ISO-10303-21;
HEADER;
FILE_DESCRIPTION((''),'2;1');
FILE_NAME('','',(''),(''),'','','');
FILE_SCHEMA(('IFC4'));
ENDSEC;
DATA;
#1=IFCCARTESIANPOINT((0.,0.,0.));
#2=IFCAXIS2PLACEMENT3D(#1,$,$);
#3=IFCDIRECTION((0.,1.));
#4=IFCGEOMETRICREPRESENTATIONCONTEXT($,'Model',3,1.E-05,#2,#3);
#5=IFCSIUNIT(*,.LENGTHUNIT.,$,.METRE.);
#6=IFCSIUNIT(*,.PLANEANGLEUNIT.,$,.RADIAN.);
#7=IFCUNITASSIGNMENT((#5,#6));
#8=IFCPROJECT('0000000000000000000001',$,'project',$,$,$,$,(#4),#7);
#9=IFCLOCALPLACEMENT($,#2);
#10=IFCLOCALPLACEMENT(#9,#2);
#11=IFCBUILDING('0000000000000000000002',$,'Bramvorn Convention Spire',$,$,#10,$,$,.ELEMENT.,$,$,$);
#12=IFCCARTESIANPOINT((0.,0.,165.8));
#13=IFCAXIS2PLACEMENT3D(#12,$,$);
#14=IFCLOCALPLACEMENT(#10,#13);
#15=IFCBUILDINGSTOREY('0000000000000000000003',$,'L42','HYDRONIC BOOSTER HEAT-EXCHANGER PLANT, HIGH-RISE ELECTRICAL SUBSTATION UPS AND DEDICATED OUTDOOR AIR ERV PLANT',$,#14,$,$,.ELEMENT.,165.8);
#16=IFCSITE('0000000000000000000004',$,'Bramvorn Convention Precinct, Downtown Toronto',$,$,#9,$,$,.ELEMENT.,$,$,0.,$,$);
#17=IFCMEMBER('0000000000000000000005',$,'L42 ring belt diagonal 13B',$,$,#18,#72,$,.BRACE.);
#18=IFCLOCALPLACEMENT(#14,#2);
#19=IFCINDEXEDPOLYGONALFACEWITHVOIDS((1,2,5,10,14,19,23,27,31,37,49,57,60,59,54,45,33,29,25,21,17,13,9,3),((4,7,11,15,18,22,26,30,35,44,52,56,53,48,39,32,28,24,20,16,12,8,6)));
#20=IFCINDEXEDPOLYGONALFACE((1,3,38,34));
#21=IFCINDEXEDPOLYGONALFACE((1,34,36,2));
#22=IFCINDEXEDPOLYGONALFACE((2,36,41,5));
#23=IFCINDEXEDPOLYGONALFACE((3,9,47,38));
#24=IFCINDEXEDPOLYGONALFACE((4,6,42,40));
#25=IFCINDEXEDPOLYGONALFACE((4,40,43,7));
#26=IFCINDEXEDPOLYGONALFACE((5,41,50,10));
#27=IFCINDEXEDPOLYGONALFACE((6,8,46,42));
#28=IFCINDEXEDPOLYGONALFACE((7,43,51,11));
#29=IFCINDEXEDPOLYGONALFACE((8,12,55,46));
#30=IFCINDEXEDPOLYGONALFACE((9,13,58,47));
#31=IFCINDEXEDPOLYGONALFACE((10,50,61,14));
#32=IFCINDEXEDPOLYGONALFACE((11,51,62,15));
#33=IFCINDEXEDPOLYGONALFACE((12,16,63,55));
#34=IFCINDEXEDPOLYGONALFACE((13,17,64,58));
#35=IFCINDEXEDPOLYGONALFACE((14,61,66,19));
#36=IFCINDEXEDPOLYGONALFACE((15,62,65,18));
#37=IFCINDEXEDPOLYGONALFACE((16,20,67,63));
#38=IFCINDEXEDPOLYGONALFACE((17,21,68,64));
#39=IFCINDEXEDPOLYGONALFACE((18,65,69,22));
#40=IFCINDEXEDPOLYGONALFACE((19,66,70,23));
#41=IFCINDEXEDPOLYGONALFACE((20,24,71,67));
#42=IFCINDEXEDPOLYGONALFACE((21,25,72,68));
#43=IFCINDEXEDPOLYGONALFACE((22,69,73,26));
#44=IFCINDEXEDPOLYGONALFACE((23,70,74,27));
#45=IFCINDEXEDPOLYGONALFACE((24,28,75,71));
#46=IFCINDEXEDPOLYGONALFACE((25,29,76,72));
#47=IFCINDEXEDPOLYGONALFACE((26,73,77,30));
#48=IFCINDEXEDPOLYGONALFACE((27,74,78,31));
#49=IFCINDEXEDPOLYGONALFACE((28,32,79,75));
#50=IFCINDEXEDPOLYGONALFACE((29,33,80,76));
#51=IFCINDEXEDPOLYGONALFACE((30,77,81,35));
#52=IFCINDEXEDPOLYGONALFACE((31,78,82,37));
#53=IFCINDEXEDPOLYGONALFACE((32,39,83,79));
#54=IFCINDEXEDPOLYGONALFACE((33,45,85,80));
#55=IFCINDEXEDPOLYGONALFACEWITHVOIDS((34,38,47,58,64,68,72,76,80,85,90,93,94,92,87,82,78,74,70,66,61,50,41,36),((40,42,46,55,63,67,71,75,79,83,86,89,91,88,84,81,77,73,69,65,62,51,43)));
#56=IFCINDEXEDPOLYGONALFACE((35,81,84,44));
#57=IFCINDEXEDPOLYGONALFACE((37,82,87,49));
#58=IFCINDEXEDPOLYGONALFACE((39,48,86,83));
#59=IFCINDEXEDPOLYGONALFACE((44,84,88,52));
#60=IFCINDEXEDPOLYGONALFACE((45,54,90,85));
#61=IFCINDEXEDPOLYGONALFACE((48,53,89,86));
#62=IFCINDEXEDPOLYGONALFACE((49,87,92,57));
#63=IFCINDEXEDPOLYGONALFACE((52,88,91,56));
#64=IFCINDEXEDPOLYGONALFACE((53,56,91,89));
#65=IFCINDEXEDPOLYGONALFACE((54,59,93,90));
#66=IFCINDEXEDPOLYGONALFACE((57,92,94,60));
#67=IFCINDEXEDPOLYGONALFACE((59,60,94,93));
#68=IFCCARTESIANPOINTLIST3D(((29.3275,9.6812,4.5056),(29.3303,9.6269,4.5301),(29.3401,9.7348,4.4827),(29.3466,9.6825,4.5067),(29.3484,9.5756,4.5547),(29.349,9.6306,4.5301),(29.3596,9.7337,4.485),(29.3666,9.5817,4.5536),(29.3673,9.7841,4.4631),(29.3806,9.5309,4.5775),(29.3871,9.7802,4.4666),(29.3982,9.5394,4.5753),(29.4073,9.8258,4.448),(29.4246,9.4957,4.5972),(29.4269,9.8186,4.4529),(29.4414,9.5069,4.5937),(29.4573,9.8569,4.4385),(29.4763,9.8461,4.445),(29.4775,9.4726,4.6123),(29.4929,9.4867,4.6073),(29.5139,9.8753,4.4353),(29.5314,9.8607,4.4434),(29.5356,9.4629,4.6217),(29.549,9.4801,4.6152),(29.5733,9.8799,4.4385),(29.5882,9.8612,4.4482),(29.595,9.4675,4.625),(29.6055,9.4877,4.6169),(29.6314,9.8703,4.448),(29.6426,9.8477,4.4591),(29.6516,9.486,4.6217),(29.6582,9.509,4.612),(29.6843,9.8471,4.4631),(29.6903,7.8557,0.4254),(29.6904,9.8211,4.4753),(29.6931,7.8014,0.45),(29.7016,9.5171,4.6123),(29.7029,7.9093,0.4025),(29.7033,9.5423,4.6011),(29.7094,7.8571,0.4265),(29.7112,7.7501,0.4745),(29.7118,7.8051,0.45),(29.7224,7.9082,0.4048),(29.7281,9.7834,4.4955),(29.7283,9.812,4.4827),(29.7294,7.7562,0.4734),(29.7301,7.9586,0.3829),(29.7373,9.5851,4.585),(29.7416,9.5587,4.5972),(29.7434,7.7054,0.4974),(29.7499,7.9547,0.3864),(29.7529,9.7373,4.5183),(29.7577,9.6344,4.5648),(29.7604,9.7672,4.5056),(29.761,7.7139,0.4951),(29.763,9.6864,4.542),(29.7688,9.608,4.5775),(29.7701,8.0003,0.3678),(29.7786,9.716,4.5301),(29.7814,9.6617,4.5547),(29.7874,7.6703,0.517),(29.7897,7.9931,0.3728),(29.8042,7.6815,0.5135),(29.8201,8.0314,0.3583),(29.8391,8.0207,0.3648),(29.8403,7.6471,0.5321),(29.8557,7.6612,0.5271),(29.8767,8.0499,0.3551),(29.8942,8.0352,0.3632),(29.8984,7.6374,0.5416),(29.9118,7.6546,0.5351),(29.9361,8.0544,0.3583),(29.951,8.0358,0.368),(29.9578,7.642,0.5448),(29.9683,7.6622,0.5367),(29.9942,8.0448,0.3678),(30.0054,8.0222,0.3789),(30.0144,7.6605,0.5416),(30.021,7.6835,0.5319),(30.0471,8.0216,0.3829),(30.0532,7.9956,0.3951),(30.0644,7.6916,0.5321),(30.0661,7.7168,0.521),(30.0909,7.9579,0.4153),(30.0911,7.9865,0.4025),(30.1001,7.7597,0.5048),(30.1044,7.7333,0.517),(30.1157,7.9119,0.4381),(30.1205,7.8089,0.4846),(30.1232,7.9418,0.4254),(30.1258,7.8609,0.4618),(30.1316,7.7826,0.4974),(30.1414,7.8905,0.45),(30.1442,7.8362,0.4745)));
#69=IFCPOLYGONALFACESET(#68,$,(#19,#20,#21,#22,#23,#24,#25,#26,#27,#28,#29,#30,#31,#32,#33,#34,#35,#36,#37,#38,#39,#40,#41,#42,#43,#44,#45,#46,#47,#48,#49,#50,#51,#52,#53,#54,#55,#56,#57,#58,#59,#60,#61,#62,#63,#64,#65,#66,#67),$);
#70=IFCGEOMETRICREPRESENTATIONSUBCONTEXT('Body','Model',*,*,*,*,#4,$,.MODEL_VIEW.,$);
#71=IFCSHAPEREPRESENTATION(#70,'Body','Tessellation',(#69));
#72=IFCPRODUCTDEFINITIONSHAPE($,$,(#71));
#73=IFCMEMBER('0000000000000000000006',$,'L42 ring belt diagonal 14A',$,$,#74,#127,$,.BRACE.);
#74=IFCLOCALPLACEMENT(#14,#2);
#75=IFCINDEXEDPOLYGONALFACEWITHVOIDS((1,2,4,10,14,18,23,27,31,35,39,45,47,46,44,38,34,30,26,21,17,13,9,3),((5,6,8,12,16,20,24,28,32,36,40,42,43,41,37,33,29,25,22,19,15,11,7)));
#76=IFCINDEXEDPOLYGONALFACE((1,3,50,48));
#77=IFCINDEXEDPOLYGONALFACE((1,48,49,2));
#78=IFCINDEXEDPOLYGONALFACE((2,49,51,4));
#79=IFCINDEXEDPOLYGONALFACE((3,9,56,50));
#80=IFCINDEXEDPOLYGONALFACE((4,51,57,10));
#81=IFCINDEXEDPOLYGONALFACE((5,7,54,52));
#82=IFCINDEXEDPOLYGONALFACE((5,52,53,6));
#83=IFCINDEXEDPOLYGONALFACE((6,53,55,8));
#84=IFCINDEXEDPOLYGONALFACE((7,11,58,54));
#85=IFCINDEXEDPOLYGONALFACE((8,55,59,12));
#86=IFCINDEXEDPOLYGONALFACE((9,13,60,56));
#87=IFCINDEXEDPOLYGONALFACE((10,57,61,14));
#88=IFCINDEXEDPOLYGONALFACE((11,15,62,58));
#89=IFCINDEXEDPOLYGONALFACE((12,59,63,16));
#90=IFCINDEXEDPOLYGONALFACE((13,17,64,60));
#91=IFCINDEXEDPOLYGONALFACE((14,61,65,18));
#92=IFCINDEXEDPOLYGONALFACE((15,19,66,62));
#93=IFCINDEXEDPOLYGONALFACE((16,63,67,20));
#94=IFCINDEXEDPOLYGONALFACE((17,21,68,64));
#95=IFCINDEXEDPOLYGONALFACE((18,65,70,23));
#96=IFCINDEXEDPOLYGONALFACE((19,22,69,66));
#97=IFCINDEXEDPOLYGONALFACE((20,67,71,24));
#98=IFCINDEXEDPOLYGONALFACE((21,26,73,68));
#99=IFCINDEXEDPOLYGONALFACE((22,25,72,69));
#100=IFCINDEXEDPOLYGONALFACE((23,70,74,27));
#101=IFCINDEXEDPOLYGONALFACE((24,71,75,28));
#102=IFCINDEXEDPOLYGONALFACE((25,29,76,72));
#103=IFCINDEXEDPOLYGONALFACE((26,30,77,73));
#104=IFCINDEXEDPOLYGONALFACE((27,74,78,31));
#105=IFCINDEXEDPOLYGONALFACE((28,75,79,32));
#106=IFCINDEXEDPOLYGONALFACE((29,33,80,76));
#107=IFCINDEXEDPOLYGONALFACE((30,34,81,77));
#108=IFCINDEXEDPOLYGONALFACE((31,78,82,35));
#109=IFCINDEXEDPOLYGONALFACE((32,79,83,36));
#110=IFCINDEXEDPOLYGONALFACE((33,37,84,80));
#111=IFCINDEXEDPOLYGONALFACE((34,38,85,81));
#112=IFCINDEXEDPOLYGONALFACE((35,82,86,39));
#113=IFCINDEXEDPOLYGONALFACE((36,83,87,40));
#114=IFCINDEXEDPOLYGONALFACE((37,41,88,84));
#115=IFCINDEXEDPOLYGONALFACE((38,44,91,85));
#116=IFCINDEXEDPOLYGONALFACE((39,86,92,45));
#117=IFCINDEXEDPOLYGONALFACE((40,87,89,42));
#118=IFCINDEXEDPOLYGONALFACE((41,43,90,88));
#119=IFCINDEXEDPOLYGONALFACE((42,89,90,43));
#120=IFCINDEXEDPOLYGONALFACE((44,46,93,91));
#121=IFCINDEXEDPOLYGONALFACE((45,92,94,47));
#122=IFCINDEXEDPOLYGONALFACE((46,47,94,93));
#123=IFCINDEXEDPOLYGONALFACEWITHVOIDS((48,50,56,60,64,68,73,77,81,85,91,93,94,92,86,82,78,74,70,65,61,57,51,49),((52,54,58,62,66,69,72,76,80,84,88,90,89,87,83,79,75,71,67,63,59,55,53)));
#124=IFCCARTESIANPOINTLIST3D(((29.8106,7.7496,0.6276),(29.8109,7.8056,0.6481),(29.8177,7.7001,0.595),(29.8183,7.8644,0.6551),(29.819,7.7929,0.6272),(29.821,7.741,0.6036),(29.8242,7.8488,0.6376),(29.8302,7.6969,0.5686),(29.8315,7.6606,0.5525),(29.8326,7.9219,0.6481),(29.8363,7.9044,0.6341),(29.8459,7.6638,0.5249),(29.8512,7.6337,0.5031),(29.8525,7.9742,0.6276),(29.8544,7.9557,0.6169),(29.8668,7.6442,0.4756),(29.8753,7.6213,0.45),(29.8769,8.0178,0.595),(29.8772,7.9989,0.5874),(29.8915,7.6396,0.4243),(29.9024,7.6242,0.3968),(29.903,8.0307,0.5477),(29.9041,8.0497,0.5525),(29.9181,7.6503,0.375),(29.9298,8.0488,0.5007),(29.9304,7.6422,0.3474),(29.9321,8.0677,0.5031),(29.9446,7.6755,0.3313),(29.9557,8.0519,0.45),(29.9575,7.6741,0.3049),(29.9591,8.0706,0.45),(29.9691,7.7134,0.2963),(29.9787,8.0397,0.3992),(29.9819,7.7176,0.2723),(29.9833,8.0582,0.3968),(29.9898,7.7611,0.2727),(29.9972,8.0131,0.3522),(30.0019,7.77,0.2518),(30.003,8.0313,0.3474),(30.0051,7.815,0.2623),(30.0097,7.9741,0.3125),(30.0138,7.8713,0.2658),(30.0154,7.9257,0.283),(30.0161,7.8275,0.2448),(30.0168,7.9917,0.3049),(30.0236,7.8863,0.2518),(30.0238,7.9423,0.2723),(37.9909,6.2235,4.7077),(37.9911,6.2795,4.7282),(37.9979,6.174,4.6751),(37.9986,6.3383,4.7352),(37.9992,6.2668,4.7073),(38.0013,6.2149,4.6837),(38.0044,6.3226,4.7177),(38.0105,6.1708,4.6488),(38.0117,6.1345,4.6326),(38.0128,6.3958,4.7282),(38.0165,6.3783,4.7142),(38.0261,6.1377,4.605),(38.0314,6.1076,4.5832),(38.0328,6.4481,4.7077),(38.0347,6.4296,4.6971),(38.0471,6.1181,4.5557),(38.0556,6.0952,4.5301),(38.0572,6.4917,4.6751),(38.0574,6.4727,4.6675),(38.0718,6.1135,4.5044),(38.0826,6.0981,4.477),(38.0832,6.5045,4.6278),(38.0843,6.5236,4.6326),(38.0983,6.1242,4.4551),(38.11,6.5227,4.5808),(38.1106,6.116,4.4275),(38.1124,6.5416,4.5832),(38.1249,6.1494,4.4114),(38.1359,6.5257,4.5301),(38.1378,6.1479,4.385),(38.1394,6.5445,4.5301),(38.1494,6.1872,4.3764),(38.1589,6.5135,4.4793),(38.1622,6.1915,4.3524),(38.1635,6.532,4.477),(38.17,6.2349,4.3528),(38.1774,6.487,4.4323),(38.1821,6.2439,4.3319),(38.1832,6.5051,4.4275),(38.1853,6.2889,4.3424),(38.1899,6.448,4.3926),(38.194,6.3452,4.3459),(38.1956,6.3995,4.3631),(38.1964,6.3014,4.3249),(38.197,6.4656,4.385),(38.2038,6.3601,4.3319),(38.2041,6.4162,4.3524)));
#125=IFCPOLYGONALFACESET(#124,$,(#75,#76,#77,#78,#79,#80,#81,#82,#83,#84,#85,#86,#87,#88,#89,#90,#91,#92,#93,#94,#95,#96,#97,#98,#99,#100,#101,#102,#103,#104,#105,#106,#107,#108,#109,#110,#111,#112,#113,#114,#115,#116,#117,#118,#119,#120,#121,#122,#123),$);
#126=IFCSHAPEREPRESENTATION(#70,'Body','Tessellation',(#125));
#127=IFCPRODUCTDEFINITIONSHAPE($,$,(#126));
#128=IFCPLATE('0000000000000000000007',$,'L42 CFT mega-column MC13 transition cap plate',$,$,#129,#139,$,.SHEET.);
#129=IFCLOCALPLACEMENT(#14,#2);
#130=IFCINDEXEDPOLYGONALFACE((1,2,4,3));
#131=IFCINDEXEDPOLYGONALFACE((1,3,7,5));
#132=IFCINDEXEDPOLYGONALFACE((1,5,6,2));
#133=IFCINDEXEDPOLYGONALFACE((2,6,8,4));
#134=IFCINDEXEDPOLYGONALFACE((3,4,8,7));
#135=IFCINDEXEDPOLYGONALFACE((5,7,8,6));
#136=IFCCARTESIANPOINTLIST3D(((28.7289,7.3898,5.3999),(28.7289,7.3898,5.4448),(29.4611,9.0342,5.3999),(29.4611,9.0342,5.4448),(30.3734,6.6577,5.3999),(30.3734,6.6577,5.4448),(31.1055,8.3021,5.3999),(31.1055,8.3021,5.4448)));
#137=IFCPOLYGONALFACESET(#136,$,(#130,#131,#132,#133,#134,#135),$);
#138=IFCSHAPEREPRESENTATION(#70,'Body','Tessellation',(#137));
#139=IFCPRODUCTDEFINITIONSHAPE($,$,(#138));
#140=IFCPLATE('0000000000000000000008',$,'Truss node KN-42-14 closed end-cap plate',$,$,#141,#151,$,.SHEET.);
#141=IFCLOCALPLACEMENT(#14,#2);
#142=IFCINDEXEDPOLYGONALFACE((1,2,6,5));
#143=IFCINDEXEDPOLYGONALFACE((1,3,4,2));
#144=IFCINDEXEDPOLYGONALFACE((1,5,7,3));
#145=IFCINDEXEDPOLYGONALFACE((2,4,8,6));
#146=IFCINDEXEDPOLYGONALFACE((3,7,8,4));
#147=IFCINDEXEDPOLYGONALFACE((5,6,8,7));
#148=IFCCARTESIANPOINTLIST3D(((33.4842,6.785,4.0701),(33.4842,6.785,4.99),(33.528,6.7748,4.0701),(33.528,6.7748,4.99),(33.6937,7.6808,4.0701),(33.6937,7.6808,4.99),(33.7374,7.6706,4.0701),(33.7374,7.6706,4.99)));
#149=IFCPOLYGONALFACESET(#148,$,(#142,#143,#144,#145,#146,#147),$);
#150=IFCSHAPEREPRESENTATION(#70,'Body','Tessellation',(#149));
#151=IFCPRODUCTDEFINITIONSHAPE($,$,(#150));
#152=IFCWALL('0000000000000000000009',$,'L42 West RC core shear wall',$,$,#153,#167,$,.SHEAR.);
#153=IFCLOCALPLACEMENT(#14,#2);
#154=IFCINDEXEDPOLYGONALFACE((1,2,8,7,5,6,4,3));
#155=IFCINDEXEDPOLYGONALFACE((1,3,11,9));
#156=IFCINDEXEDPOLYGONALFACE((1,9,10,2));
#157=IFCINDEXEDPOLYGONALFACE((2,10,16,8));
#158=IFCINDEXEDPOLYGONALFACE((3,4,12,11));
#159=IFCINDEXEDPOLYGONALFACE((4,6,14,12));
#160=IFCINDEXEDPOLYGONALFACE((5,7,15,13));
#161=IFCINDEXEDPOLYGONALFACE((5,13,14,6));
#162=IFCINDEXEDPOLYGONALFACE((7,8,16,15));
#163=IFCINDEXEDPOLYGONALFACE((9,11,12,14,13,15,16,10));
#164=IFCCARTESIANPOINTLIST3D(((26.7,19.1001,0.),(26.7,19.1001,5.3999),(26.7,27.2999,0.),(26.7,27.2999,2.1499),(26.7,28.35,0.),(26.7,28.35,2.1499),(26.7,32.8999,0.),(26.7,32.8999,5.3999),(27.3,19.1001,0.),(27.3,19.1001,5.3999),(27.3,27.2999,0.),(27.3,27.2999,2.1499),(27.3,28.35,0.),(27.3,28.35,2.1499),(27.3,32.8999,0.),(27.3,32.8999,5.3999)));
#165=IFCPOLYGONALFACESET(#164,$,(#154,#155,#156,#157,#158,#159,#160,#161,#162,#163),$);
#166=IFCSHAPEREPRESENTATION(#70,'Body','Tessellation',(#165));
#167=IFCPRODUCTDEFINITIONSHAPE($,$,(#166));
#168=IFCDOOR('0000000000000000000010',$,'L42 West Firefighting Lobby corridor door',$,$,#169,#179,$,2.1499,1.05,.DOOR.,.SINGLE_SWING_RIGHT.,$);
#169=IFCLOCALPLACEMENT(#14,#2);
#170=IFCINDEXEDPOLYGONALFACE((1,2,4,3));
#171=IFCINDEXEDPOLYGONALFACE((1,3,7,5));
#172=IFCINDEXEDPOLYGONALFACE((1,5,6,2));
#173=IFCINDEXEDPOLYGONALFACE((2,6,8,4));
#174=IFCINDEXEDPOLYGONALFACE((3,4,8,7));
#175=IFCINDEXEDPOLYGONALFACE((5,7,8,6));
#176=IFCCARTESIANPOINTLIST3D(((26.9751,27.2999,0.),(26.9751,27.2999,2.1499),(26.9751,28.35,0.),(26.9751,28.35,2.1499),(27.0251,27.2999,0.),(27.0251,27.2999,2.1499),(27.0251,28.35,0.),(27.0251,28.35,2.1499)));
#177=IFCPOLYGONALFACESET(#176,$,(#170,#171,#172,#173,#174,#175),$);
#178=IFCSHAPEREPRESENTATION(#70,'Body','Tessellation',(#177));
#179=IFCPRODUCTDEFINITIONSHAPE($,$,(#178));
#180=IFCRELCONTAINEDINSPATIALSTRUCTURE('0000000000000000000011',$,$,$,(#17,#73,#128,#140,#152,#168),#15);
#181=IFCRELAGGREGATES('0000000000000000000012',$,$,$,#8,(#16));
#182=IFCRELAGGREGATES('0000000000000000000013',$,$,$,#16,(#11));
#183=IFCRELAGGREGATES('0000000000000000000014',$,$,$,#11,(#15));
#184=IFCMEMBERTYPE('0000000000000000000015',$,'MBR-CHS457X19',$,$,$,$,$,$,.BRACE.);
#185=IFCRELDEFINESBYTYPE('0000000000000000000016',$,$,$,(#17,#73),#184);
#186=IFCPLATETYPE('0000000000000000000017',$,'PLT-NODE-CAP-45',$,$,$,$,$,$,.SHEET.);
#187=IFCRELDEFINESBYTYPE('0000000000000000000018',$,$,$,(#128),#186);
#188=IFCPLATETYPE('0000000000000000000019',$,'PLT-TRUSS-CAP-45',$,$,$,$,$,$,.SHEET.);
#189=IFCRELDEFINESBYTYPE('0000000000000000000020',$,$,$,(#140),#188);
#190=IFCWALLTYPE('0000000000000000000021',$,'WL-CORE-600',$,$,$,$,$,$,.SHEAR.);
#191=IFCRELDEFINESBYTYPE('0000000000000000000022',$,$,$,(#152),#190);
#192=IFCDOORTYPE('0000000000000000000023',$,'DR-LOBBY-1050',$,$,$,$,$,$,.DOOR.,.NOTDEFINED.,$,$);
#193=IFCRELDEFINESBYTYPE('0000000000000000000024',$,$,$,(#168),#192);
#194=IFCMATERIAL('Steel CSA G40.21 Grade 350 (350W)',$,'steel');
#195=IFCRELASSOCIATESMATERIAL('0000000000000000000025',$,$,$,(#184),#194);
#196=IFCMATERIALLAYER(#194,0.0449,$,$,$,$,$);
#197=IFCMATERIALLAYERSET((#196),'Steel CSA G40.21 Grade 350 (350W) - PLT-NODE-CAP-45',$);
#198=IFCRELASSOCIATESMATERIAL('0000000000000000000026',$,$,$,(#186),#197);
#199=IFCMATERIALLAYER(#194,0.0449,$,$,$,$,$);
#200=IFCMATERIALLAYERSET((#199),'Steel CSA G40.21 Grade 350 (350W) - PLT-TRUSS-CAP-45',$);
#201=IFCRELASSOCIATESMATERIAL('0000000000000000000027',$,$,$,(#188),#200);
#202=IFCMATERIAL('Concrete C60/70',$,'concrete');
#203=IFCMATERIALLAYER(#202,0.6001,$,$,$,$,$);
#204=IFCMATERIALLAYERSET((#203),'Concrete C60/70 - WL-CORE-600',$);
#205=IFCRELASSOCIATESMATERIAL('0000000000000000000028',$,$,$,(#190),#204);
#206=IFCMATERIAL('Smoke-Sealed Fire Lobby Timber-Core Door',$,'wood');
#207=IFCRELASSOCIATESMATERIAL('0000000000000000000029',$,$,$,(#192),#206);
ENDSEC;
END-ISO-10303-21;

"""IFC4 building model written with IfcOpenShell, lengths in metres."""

from ifc_helpers import new_model, si_unit, direction, frame, frame_2d, origin, origin_2d, place, context, subcontext, project, spatial, rectangle, hollow_circle, extrude, material, layer, layer_set, material_profile, profile_set, type_object, element, fill, save


model = new_model("IFC4")

# Units and contexts
model_context = context("Model", 3, precision=1e-05, world=origin(), true_north=direction((0.0, 1.0)))
body_context = subcontext(model_context, "Body", "Model", "MODEL_VIEW")
ifc_project = project(units=[si_unit("LENGTHUNIT", "METRE"), si_unit("PLANEANGLEUNIT", "RADIAN")], contexts=[model_context])

# Site, building, storey
site_placement = place(None, origin())
site = spatial("IfcSite", under=ifc_project, at=site_placement, Name="Bramvorn Convention Precinct, Downtown Toronto", CompositionType="ELEMENT", RefElevation=0.0)
building_placement = place(site_placement, origin())
building = spatial("IfcBuilding", under=site, at=building_placement, Name="Bramvorn Convention Spire", CompositionType="ELEMENT")
storey_placement = place(building_placement, frame((0.0, 0.0, 165.8)))
storey = spatial("IfcBuildingStorey", under=building, at=storey_placement, Name="L42", Description="HYDRONIC BOOSTER HEAT-EXCHANGER PLANT, HIGH-RISE ELECTRICAL SUBSTATION UPS AND DEDICATED OUTDOOR AIR ERV PLANT", CompositionType="ELEMENT", Elevation=165.8)

# Shared definitions
ifc_material_1 = material(Name="Steel CSA G40.21 Grade 350 (350W)", Category="steel")

# Members
ifc_material_profile_1 = material_profile(ifc_material_1, hollow_circle(Radius=0.2285, WallThickness=0.019, at=origin_2d()))
ifc_profile_set_1 = profile_set([ifc_material_profile_1], Name="Steel CSA G40.21 Grade 350 (350W) - CHS457X19")
member_type_1 = type_object("IfcMemberType", Name="MBR-CHS457X19", PredefinedType="BRACE", material=ifc_profile_set_1)
member_1_placement = place(storey_placement, frame((29.9172, 7.8459, 0.45), z_axis=(-0.080899, 0.407054, 0.909815), x_axis=(-0.980817, -0.19493, 0.0)))
element("IfcMember", 1, at=member_1_placement, inside=storey, type_object=member_type_1, Name="L42 ring belt diagonal 13B", PredefinedType="BRACE", context=body_context, shape_type="SweptSolid", body=[
    extrude(hollow_circle(Radius=0.2285, WallThickness=0.019, at=origin_2d()), origin(), (0.0, 0.0, 1.0), 4.4846),
])
member_2_placement = place(storey_placement, frame((29.9172, 7.8459, 0.45), z_axis=(0.882649, -0.16467, 0.440244), x_axis=(0.183399, 0.983039, 0.0)))
element("IfcMember", 2, at=member_2_placement, inside=storey, type_object=member_type_1, Name="L42 ring belt diagonal 14A", PredefinedType="BRACE", context=body_context, shape_type="SweptSolid", body=[
    extrude(hollow_circle(Radius=0.2285, WallThickness=0.019, at=origin_2d()), origin(), (0.0, 0.0, 1.0), 9.2678),
])

# Plates
ifc_layer_1 = layer(ifc_material_1, 0.0449)
ifc_layer_set_1 = layer_set([ifc_layer_1], Name="Steel CSA G40.21 Grade 350 (350W) - PLT-NODE-CAP-45")
plate_type_1 = type_object("IfcPlateType", Name="PLT-NODE-CAP-45", PredefinedType="SHEET", material=ifc_layer_set_1)
plate_1_placement = place(storey_placement, frame((29.9172, 7.8459, 5.3999), z_axis=(0.0, 0.0, 1.0), x_axis=(-0.406737, -0.913545, 0.0)))
element("IfcPlate", 3, at=plate_1_placement, inside=storey, type_object=plate_type_1, Name="L42 CFT mega-column MC13 transition cap plate", PredefinedType="SHEET", context=body_context, shape_type="SweptSolid", body=[
    extrude(rectangle(XDim=1.8, YDim=1.8, at=origin_2d()), origin(), (0.0, 0.0, 1.0), 0.0449),
])
ifc_layer_2 = layer(ifc_material_1, 0.0449)
ifc_layer_set_2 = layer_set([ifc_layer_2], Name="Steel CSA G40.21 Grade 350 (350W) - PLT-TRUSS-CAP-45")
plate_type_2 = type_object("IfcPlateType", Name="PLT-TRUSS-CAP-45", PredefinedType="SHEET", material=ifc_layer_set_2)
plate_2_placement = place(storey_placement, frame((33.6108, 7.2278, 4.0701), z_axis=(0.0, 0.0, 1.0), x_axis=(-0.22767, -0.973738, 0.0)))
element("IfcPlate", 4, at=plate_2_placement, inside=storey, type_object=plate_type_2, Name="Truss node KN-42-14 closed end-cap plate", PredefinedType="SHEET", context=body_context, shape_type="SweptSolid", body=[
    extrude(rectangle(XDim=0.9199, YDim=0.0449, at=origin_2d()), origin(), (0.0, 0.0, 1.0), 0.9199),
])

# Wall, opening, door
ifc_material_2 = material(Name="Concrete C60/70", Category="concrete")
ifc_layer_3 = layer(ifc_material_2, 0.6001)
ifc_layer_set_3 = layer_set([ifc_layer_3], Name="Concrete C60/70 - WL-CORE-600")
wall_type_1 = type_object("IfcWallType", Name="WL-CORE-600", PredefinedType="SHEAR", material=ifc_layer_set_3)
wall_1_placement = place(storey_placement, frame((27.0, 19.1001, 0.0), z_axis=(0.0, 0.0, 1.0), x_axis=(0.0, 1.0, 0.0)))
wall_1 = element("IfcWall", 5, at=wall_1_placement, inside=storey, type_object=wall_type_1, Name="L42 West RC core shear wall", PredefinedType="SHEAR", context=body_context, shape_type="SweptSolid", body=[
    extrude(rectangle(XDim=13.7998, YDim=0.6001, at=frame_2d((6.8999, 0.0))), origin(), (0.0, 0.0, 1.0), 5.3999),
])
opening_placement = place(wall_1_placement, frame((8.2, 0.0, 0.0)))
opening = element("IfcOpeningElement", 6, at=opening_placement, cuts=wall_1, PredefinedType="OPENING", context=body_context, shape_type="SweptSolid", body=[
    extrude(rectangle(XDim=1.05, YDim=2.1499, at=frame_2d((0.5249, 1.075))), frame((0.0, 0.3101, 0.0), z_axis=(0.0, -1.0, 0.0), x_axis=(1.0, 0.0, 0.0)), (0.0, 0.0, 1.0), 0.6201),
])
ifc_material_3 = material(Name="Smoke-Sealed Fire Lobby Timber-Core Door", Category="wood")
door_type = type_object("IfcDoorType", Name="DR-LOBBY-1050", OperationType="NOTDEFINED", PredefinedType="DOOR", material=ifc_material_3)
door_placement = place(opening_placement, origin())
door = element("IfcDoor", 7, at=door_placement, inside=storey, type_object=door_type, Name="L42 West Firefighting Lobby corridor door", OperationType="SINGLE_SWING_RIGHT", OverallHeight=2.1499, OverallWidth=1.05, PredefinedType="DOOR", context=body_context, shape_type="SweptSolid", body=[
    extrude(rectangle(XDim=1.05, YDim=2.1499, at=frame_2d((0.5249, 1.075))), frame((0.0, 0.0249, 0.0), z_axis=(0.0, -1.0, 0.0), x_axis=(1.0, 0.0, 0.0)), (0.0, 0.0, 1.0), 0.05),
])
fill(opening, door)

save(model, "model.ifc")
